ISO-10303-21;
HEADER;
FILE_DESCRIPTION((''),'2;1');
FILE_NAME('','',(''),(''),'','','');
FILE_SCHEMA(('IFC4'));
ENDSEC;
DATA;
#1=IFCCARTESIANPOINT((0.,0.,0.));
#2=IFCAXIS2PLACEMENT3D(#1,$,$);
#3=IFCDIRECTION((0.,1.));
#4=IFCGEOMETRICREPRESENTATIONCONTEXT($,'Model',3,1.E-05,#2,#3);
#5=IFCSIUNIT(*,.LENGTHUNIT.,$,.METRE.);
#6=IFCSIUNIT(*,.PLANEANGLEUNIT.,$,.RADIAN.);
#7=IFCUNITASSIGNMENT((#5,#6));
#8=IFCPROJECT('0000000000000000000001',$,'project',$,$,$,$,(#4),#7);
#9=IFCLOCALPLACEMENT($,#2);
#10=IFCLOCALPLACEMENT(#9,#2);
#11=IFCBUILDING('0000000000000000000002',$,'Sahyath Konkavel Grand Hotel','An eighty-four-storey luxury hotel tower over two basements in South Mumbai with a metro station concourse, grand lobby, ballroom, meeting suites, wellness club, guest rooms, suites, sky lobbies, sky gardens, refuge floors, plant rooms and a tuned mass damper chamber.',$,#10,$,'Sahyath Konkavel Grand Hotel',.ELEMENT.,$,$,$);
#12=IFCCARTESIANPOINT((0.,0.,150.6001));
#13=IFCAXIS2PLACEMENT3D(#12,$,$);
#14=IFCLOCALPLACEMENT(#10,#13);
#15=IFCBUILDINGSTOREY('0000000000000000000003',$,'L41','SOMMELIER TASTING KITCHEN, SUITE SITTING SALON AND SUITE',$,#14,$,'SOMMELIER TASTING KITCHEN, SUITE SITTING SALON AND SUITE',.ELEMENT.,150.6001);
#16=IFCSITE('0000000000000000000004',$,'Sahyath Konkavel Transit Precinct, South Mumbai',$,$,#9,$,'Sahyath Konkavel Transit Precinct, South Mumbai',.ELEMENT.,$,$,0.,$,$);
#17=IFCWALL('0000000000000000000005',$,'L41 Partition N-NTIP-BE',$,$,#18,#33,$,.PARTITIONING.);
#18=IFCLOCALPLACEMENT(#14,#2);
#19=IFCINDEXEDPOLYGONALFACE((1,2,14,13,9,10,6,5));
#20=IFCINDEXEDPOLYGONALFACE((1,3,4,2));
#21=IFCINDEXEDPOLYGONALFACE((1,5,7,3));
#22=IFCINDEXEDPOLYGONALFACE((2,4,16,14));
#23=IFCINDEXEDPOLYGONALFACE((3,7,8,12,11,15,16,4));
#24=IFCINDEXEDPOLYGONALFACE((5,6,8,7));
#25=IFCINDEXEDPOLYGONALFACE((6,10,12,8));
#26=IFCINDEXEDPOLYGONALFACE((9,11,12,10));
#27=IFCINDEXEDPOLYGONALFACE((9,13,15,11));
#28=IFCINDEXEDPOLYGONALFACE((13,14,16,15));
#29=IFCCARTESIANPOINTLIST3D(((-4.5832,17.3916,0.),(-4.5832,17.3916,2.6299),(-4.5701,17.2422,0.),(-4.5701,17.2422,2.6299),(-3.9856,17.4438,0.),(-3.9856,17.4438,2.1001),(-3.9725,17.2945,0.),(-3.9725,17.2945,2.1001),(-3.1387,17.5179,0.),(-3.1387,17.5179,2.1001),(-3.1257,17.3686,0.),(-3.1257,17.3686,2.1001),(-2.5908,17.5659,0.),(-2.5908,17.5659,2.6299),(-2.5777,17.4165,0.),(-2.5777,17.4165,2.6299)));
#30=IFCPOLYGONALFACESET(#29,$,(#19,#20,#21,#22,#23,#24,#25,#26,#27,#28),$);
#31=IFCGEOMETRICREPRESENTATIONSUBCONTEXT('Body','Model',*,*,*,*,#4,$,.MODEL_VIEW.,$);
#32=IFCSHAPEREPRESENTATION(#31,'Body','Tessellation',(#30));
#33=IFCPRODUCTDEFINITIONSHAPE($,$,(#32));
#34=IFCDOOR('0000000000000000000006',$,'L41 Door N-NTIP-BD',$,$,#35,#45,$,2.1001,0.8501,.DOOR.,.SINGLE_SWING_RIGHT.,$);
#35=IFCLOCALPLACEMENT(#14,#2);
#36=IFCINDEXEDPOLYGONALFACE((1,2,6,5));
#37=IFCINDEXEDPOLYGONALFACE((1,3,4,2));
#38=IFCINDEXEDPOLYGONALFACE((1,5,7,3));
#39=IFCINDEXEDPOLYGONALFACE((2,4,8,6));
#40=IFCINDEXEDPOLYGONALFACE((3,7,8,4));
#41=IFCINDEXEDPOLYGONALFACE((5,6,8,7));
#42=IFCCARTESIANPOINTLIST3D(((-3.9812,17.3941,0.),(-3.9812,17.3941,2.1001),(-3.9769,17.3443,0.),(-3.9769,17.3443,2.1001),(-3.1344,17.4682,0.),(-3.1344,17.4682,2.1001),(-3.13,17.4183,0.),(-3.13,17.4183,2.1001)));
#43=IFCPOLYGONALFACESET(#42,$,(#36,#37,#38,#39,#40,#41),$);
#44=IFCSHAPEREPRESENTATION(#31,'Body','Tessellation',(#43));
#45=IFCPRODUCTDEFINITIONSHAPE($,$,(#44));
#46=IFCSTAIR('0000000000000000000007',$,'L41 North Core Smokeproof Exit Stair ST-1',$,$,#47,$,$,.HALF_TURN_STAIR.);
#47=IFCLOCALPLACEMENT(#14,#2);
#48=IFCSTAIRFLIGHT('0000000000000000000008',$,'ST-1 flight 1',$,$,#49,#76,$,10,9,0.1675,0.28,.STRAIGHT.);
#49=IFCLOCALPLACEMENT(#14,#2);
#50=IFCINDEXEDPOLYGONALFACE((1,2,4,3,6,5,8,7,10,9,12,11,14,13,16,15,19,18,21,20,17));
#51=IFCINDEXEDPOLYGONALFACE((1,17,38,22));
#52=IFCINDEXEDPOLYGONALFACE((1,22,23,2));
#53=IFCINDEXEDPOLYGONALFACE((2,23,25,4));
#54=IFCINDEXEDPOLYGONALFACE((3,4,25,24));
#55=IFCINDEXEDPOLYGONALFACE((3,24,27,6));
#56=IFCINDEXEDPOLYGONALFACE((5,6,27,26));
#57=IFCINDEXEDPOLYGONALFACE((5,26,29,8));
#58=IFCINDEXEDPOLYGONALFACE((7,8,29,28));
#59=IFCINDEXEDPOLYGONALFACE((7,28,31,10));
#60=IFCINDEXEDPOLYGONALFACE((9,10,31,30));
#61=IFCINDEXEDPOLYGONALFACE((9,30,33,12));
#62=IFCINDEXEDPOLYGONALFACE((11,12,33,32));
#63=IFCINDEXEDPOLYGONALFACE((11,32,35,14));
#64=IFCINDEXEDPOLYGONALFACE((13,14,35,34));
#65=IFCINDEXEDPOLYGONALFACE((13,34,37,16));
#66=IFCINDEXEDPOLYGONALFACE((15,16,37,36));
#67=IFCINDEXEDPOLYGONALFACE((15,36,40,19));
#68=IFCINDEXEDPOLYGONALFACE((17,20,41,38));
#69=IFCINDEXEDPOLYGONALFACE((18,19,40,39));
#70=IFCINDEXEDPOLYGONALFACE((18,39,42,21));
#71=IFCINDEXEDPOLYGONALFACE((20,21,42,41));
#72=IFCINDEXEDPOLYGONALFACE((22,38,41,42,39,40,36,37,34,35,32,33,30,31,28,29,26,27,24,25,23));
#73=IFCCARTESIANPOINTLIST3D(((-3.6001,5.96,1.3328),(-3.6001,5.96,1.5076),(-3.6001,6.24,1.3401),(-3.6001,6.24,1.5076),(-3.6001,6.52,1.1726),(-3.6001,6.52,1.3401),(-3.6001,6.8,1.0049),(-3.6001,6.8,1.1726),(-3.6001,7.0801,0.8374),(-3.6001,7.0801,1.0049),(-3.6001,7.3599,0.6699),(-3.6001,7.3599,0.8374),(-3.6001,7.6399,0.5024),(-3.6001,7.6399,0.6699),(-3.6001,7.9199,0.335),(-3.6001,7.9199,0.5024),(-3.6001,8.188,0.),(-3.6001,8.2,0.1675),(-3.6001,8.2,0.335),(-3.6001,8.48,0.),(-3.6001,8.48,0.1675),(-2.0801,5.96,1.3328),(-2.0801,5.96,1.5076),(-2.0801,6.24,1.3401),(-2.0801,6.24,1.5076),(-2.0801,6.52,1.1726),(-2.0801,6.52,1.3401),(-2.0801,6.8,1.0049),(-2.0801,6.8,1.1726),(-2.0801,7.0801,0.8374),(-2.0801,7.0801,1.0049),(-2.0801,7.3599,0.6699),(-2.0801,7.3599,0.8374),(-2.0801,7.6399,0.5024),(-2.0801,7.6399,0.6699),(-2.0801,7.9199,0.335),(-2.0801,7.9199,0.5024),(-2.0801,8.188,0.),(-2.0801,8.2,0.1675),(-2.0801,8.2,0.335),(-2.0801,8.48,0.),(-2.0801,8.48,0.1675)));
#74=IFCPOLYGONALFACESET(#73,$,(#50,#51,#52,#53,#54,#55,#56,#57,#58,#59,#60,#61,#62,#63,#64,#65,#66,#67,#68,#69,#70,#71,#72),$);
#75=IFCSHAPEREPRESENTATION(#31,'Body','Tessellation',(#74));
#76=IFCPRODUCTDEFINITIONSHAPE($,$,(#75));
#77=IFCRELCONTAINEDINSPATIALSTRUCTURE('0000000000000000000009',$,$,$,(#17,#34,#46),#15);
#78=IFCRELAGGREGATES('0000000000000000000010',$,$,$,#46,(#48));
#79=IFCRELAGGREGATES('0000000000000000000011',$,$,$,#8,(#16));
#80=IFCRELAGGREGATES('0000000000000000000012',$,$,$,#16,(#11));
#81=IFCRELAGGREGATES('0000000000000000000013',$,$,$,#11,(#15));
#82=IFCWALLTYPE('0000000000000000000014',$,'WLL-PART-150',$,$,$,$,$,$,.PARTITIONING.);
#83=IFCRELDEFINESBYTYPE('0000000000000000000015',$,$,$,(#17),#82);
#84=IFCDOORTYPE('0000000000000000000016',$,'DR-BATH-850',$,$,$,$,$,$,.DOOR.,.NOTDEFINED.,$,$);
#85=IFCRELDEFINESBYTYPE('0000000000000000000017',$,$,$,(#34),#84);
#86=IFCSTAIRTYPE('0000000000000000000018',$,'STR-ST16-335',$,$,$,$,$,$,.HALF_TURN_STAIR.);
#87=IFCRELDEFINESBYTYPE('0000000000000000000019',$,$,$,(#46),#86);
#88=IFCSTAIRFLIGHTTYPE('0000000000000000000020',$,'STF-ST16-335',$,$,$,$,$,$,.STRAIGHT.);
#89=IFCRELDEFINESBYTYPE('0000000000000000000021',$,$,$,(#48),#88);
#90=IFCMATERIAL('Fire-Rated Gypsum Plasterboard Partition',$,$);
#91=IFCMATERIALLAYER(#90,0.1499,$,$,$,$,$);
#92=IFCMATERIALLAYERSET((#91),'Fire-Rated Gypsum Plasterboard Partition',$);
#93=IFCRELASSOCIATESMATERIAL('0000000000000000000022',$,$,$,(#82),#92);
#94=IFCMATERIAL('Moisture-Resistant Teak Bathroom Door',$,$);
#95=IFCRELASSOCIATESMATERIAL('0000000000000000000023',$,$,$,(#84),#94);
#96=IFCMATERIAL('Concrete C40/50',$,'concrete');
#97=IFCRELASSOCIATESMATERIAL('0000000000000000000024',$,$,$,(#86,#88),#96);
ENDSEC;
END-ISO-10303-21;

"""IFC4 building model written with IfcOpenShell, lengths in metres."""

from ifc_helpers import new_model, si_unit, direction, frame, frame_2d, origin, origin_2d, place, context, subcontext, project, spatial, polyline, rectangle, outline, extrude, source, transform, mapped, material, layer, layer_set, type_object, element, fill, aggregate, save


model = new_model("IFC4")

# Units and contexts
model_context = context("Model", 3, precision=1e-05, world=origin(), true_north=direction((0.0, 1.0)))
body_context = subcontext(model_context, "Body", "Model", "MODEL_VIEW")
ifc_project = project(units=[si_unit("LENGTHUNIT", "METRE"), si_unit("PLANEANGLEUNIT", "RADIAN")], contexts=[model_context])

# Site, building, storey
site_placement = place(None, origin())
site = spatial("IfcSite", under=ifc_project, at=site_placement, Name="Sahyath Konkavel Transit Precinct, South Mumbai", LongName="Sahyath Konkavel Transit Precinct, South Mumbai", CompositionType="ELEMENT", RefElevation=0.0)
building_placement = place(site_placement, origin())
building = spatial("IfcBuilding", under=site, at=building_placement, Name="Sahyath Konkavel Grand Hotel", Description="An eighty-four-storey luxury hotel tower over two basements in South Mumbai with a metro station concourse, grand lobby, ballroom, meeting suites, wellness club, guest rooms, suites, sky lobbies, sky gardens, refuge floors, plant rooms and a tuned mass damper chamber.", LongName="Sahyath Konkavel Grand Hotel", CompositionType="ELEMENT")
storey_placement = place(building_placement, frame((0.0, 0.0, 150.6001)))
storey = spatial("IfcBuildingStorey", under=building, at=storey_placement, Name="L41", Description="SOMMELIER TASTING KITCHEN, SUITE SITTING SALON AND SUITE", LongName="SOMMELIER TASTING KITCHEN, SUITE SITTING SALON AND SUITE", CompositionType="ELEMENT", Elevation=150.6001)

# Shared definitions
ifc_material_1 = material(Name="Fire-Rated Gypsum Plasterboard Partition")
ifc_layer_1 = layer(ifc_material_1, 0.1499)
ifc_layer_set_1 = layer_set([ifc_layer_1], Name="Fire-Rated Gypsum Plasterboard Partition")
wall_type_1 = type_object("IfcWallType", Name="WLL-PART-150", PredefinedType="PARTITIONING", material=ifc_layer_set_1)

# Wall, opening, door
wall_1_placement = place(storey_placement, frame((-2.5842, 17.4912, 0.0), z_axis=(0.0, 0.0, 1.0), x_axis=(-0.996195, -0.087156, 0.0)))
wall_1 = element("IfcWall", 1, at=wall_1_placement, inside=storey, type_object=wall_type_1, Name="L41 Partition N-NTIP-BE", PredefinedType="PARTITIONING", context=body_context, shape_type="SweptSolid", body=[
    extrude(rectangle(XDim=2.0, YDim=0.1499, at=frame_2d((1.0, 0.0))), origin(), (0.0, 0.0, 1.0), 2.6299),
])
opening_placement = place(wall_1_placement, frame((0.55, 0.0, 0.0)))
opening = element("IfcOpeningElement", 2, at=opening_placement, cuts=wall_1, PredefinedType="OPENING", context=body_context, shape_type="SweptSolid", body=[
    extrude(rectangle(XDim=0.8501, YDim=2.1001, at=frame_2d((0.425, 1.05))), frame((0.0, 0.085, 0.0), z_axis=(0.0, -1.0, 0.0), x_axis=(1.0, 0.0, 0.0)), (0.0, 0.0, 1.0), 0.1699),
])
ifc_material_2 = material(Name="Moisture-Resistant Teak Bathroom Door")
door_type = type_object("IfcDoorType", Name="DR-BATH-850", OperationType="NOTDEFINED", PredefinedType="DOOR", material=ifc_material_2)
shared_shape_1 = source(origin(), body_context, "Body", "SweptSolid", [
    extrude(rectangle(XDim=0.8501, YDim=0.05, at=origin_2d()), origin(), (0.0, 0.0, 1.0), 2.1001),
])
door_placement = place(opening_placement, frame((0.425, 0.0, 0.0)))
door = element("IfcDoor", 3, at=door_placement, inside=storey, type_object=door_type, Name="L41 Door N-NTIP-BD", OperationType="SINGLE_SWING_RIGHT", OverallHeight=2.1001, OverallWidth=0.8501, PredefinedType="DOOR", context=body_context, shape_type="MappedRepresentation", body=[
    mapped(shared_shape_1, transform((0.0, 0.0, 0.0), scale=1.0)),
])
fill(opening, door)

# Stair, stair flight
ifc_material_3 = material(Name="Concrete C40/50", Category="concrete")
stair_type = type_object("IfcStairType", Name="STR-ST16-335", PredefinedType="HALF_TURN_STAIR", material=ifc_material_3)
stair_placement = place(storey_placement, origin())
stair = element("IfcStair", 4, at=stair_placement, inside=storey, type_object=stair_type, Name="L41 North Core Smokeproof Exit Stair ST-1", PredefinedType="HALF_TURN_STAIR")
stair_flight_type = type_object("IfcStairFlightType", Name="STF-ST16-335", PredefinedType="STRAIGHT", material=ifc_material_3)
stair_flight_placement = place(storey_placement, frame((-2.8401, 8.48, 0.0), z_axis=(0.0, 0.0, 1.0), x_axis=(0.0, -1.0, 0.0)))
stair_flight = element("IfcStairFlight", 5, at=stair_flight_placement, type_object=stair_flight_type, Name="ST-1 flight 1", NumberOfRisers=10, NumberOfTreads=9, PredefinedType="STRAIGHT", RiserHeight=0.1675, TreadLength=0.28, context=body_context, shape_type="SweptSolid", body=[
    extrude(outline(polyline([(0.0, 0.0), (0.0, 0.1675), (0.28, 0.1675), (0.28, 0.335), (0.5601, 0.335), (0.5601, 0.5024), (0.8401, 0.5024), (0.8401, 0.6699), (1.1201, 0.6699), (1.1201, 0.8374), (1.3999, 0.8374), (1.3999, 1.0049), (1.6799, 1.0049), (1.6799, 1.1726), (1.96, 1.1726), (1.96, 1.3401), (2.24, 1.3401), (2.24, 1.5076), (2.52, 1.5076), (2.52, 1.675), (2.52, 1.3328), (0.292, 0.0), (0.0, 0.0)])), frame((0.0, 0.76, 0.0), z_axis=(0.0, -1.0, 0.0), x_axis=(1.0, 0.0, 0.0)), (0.0, 0.0, 1.0), 1.52),
])
aggregate(stair, [stair_flight])

save(model, "model.ifc")
